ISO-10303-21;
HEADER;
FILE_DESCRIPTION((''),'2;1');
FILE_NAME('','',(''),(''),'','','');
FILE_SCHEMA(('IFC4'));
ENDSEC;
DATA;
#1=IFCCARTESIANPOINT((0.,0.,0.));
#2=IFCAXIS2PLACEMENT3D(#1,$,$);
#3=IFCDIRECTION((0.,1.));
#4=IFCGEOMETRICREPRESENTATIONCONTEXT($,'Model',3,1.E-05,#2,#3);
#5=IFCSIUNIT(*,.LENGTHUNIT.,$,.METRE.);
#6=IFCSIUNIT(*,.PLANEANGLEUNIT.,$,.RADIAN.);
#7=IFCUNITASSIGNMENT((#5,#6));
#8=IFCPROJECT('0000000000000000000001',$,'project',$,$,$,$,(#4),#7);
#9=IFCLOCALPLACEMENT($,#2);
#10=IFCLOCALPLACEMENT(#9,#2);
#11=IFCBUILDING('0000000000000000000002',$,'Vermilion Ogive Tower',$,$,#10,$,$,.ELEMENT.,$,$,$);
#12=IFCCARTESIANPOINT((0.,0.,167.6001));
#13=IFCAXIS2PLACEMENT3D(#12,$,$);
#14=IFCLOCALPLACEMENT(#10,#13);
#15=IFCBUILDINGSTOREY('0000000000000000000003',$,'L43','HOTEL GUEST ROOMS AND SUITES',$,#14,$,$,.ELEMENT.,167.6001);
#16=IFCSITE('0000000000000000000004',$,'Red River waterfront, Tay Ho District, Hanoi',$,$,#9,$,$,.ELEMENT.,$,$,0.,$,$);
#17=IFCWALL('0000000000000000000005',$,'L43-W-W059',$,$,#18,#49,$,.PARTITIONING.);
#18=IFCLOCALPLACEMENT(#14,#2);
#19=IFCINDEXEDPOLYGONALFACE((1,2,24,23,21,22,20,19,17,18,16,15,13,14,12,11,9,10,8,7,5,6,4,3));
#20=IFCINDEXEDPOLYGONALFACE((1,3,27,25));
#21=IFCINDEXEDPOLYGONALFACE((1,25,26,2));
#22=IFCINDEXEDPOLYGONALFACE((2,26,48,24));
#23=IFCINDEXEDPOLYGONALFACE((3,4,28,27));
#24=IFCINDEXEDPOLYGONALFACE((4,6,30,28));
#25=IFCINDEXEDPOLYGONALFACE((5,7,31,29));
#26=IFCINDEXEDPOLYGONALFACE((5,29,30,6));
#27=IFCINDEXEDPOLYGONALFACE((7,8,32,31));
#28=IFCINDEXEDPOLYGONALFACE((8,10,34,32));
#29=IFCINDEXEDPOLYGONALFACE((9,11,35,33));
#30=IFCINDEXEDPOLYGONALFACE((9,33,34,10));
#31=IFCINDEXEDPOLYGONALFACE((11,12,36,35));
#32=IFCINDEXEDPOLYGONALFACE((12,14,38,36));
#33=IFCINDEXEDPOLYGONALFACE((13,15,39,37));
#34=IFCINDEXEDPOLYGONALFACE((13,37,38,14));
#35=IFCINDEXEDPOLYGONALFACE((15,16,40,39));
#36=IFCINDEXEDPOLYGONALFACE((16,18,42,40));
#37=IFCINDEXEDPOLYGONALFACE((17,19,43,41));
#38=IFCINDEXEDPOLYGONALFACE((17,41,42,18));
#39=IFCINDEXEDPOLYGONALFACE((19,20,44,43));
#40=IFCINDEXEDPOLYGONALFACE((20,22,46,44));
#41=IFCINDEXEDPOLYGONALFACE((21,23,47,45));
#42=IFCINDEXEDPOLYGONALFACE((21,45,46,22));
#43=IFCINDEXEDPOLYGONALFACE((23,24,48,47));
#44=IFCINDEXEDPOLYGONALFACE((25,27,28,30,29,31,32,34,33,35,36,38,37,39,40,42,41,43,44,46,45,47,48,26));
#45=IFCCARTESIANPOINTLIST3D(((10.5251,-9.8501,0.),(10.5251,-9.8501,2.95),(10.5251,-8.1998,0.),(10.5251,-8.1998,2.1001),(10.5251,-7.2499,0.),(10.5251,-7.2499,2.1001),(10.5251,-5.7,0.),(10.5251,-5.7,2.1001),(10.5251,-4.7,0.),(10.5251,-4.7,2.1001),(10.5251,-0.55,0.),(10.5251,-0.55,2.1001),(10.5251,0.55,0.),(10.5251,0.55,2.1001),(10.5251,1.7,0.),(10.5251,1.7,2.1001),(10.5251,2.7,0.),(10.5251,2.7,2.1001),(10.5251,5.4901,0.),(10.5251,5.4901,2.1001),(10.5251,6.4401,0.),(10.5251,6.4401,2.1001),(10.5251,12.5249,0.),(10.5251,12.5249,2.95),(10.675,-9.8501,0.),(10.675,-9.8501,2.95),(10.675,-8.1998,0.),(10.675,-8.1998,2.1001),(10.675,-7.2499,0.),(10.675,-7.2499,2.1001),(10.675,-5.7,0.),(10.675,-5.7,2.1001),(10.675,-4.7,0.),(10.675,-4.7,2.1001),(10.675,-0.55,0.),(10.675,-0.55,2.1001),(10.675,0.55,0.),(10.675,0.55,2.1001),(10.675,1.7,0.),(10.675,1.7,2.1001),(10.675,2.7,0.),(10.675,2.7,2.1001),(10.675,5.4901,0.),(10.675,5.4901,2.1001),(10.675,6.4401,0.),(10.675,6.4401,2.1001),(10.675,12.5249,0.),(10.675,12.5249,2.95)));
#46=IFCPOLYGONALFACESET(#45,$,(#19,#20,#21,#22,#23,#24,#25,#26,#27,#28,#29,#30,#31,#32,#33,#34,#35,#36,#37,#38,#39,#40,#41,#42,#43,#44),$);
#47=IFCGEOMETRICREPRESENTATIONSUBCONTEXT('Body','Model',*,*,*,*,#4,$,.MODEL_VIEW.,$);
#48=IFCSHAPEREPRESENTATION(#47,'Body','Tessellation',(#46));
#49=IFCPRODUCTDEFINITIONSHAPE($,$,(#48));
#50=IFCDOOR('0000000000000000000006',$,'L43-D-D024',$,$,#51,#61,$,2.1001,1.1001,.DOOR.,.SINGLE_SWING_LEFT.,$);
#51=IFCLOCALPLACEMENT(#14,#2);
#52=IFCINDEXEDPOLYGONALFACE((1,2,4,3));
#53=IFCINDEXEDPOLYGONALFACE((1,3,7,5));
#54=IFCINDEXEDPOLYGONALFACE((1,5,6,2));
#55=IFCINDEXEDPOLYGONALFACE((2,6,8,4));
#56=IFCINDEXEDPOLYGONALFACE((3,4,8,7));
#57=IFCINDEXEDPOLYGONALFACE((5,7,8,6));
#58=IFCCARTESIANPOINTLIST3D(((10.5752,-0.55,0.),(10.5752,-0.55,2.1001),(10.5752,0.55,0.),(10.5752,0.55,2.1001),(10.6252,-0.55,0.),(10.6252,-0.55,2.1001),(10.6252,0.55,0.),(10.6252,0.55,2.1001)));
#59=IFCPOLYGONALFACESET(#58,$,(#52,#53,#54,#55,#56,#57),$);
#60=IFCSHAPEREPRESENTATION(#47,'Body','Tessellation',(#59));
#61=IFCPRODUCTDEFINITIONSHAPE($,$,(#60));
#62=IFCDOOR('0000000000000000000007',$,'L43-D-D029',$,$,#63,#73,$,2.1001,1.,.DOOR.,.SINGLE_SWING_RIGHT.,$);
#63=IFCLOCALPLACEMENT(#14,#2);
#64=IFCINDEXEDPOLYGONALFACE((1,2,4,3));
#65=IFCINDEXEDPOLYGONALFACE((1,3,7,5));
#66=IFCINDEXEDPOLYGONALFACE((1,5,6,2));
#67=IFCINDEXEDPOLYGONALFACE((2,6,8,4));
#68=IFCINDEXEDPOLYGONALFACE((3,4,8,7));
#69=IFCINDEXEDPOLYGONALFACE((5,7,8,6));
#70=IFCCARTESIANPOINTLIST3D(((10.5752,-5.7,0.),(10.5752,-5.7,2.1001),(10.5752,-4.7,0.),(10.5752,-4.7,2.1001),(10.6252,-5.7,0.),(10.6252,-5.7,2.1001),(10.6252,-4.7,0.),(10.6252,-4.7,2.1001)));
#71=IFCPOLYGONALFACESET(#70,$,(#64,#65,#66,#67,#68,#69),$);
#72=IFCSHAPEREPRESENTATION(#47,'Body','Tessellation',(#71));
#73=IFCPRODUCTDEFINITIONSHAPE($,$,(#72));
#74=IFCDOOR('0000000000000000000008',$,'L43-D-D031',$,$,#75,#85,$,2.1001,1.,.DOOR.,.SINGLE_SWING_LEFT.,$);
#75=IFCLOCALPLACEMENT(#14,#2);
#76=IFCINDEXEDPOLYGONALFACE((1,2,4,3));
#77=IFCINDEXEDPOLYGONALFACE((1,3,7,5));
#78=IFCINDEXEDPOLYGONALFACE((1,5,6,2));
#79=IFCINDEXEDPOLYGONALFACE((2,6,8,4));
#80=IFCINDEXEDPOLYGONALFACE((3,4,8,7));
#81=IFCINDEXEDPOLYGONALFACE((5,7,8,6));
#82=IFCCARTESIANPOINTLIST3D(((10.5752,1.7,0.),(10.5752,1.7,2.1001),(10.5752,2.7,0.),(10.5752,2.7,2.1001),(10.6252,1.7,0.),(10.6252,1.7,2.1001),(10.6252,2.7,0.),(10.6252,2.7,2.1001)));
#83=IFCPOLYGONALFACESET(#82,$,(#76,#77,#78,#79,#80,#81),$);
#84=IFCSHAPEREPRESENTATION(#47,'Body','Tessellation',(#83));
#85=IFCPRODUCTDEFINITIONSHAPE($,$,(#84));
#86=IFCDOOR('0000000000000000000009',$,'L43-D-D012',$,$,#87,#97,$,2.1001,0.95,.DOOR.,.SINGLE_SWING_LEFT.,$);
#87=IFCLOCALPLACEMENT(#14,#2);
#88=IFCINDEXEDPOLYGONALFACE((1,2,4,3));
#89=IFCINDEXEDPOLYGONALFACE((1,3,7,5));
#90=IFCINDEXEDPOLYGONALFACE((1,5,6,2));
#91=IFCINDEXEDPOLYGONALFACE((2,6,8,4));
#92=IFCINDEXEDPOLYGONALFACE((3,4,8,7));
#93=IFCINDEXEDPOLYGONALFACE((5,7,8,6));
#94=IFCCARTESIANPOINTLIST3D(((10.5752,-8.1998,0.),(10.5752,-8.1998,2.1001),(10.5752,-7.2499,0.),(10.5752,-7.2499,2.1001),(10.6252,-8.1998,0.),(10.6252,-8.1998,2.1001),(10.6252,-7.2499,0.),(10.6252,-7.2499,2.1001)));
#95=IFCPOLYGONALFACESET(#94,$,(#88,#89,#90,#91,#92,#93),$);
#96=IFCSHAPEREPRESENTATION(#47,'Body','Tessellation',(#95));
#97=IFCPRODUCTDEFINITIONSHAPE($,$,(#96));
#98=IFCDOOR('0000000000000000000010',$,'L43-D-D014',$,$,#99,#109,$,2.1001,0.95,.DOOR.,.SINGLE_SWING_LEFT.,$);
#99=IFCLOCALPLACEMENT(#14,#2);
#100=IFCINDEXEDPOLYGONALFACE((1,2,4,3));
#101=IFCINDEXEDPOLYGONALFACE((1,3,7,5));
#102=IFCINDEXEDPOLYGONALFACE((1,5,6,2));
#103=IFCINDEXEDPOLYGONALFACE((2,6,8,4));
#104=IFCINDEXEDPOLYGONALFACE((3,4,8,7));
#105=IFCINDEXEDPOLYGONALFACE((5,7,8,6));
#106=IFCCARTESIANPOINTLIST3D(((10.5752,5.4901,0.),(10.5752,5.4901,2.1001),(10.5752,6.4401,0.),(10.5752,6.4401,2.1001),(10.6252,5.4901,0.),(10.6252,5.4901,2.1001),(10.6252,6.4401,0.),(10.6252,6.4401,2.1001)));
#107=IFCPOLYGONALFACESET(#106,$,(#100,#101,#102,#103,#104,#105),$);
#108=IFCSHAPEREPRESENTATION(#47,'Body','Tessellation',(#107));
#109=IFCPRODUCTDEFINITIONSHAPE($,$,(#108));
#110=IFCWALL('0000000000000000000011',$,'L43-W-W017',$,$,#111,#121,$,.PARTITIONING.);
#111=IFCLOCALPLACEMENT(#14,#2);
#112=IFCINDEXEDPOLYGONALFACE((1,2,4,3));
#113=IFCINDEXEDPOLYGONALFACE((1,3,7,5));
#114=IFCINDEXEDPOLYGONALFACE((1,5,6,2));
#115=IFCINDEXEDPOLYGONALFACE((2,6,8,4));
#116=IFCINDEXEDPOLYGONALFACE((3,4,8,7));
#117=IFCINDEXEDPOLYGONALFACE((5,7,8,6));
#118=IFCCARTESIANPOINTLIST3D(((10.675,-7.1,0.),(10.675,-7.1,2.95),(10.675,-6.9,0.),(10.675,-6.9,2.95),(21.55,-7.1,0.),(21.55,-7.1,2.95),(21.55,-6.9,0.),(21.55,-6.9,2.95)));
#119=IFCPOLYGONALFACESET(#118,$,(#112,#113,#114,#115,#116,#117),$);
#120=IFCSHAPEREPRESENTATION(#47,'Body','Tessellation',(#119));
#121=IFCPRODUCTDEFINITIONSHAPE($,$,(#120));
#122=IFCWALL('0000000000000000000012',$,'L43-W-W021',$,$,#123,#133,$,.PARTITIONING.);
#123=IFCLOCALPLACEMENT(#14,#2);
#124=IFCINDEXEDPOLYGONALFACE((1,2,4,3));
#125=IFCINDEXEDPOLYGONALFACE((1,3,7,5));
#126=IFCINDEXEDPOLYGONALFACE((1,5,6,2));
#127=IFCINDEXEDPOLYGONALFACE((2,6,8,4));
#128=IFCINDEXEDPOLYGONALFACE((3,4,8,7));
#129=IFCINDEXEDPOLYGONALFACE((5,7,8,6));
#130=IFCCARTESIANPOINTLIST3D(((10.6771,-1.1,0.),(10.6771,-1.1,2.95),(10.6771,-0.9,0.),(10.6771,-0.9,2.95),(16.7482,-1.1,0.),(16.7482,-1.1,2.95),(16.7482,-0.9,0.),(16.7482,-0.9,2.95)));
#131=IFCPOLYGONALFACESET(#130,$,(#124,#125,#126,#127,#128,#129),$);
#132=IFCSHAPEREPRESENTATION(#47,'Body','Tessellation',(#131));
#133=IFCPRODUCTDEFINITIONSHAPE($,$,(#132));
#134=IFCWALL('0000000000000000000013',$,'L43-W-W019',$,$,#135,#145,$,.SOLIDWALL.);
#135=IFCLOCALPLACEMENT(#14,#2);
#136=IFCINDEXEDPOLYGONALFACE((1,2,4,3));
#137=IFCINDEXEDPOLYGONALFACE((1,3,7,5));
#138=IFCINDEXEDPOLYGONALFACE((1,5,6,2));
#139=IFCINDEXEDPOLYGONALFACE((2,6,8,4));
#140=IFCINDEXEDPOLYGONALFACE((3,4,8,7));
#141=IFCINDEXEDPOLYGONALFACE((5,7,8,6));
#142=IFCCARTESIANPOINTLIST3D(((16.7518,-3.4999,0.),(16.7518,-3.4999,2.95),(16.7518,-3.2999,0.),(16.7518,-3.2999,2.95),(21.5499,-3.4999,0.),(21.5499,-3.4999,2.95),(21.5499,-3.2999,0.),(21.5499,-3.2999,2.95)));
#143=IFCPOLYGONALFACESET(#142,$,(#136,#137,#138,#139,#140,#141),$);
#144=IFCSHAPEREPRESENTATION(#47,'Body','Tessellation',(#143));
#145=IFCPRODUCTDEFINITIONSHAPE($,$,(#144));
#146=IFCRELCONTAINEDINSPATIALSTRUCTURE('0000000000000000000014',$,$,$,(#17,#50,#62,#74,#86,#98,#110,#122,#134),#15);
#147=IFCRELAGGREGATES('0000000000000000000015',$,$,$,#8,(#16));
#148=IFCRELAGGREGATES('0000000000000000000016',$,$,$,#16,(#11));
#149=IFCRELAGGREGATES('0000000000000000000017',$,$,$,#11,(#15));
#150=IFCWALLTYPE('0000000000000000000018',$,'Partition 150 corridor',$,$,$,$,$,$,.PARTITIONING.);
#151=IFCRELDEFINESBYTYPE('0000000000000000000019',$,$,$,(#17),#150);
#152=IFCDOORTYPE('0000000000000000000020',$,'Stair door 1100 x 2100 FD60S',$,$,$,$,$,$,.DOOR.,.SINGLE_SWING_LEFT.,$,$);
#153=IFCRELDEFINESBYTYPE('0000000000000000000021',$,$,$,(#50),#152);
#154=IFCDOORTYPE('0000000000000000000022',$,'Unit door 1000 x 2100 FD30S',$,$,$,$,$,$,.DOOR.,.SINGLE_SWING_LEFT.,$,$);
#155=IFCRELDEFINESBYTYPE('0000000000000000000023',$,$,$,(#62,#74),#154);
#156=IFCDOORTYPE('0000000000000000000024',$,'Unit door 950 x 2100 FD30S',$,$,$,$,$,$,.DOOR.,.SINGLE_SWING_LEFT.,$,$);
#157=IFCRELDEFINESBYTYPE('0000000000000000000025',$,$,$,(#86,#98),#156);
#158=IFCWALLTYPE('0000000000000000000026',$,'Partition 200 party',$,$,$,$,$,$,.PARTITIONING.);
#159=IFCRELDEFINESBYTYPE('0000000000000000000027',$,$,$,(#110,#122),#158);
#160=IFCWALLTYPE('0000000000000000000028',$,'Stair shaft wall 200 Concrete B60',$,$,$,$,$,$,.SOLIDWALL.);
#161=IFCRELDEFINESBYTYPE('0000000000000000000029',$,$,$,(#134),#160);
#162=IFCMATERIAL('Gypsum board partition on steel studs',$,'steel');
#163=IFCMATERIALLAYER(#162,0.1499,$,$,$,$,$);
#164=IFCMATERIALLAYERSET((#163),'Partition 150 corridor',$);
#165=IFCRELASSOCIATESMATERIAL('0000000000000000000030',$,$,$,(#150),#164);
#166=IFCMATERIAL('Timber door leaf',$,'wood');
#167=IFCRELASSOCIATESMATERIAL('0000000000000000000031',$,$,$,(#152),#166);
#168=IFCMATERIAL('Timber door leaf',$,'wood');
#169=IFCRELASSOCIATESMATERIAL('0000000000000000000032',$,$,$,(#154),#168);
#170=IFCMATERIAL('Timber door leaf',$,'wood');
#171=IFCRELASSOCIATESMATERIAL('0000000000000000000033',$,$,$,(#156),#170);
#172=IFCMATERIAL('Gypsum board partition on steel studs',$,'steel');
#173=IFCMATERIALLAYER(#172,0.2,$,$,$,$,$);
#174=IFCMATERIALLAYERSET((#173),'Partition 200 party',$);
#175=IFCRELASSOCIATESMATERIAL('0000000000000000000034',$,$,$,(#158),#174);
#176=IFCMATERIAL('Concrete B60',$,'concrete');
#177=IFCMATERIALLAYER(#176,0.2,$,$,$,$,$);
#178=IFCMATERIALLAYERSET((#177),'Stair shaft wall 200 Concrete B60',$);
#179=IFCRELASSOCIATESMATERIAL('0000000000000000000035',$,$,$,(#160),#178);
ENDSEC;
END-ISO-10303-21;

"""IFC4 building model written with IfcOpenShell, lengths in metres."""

from ifc_helpers import new_model, si_unit, direction, frame, frame_2d, origin, place, context, subcontext, project, spatial, rectangle, extrude, material, layer, layer_set, type_object, element, fill, save


model = new_model("IFC4")

# Units and contexts
model_context = context("Model", 3, precision=1e-05, world=origin(), true_north=direction((0.0, 1.0)))
body_context = subcontext(model_context, "Body", "Model", "MODEL_VIEW")
ifc_project = project(units=[si_unit("LENGTHUNIT", "METRE"), si_unit("PLANEANGLEUNIT", "RADIAN")], contexts=[model_context])

# Site, building, storey
site_placement = place(None, origin())
site = spatial("IfcSite", under=ifc_project, at=site_placement, Name="Red River waterfront, Tay Ho District, Hanoi", CompositionType="ELEMENT", RefElevation=0.0)
building_placement = place(site_placement, origin())
building = spatial("IfcBuilding", under=site, at=building_placement, Name="Vermilion Ogive Tower", CompositionType="ELEMENT")
storey_placement = place(building_placement, frame((0.0, 0.0, 167.6001)))
storey = spatial("IfcBuildingStorey", under=building, at=storey_placement, Name="L43", Description="HOTEL GUEST ROOMS AND SUITES", CompositionType="ELEMENT", Elevation=167.6001)

# Wall, openings, doors
ifc_material_1 = material(Name="Gypsum board partition on steel studs", Category="steel")
ifc_layer_1 = layer(ifc_material_1, 0.1499)
ifc_layer_set_1 = layer_set([ifc_layer_1], Name="Partition 150 corridor")
wall_type_1 = type_object("IfcWallType", Name="Partition 150 corridor", PredefinedType="PARTITIONING", material=ifc_layer_set_1)
wall_1_placement = place(storey_placement, frame((10.6001, -9.8501, 0.0), z_axis=(0.0, 0.0, 1.0), x_axis=(0.0, 1.0, 0.0)))
wall_1 = element("IfcWall", 1, at=wall_1_placement, inside=storey, type_object=wall_type_1, Name="L43-W-W059", PredefinedType="PARTITIONING", context=body_context, shape_type="SweptSolid", body=[
    extrude(rectangle(XDim=22.375, YDim=0.1499, at=frame_2d((11.1875, 0.0))), origin(), (0.0, 0.0, 1.0), 2.95),
])
opening_1_placement = place(wall_1_placement, frame((1.6501, 0.0, 0.0)))
opening_1 = element("IfcOpeningElement", 2, at=opening_1_placement, cuts=wall_1, PredefinedType="OPENING", context=body_context, shape_type="SweptSolid", body=[
    extrude(rectangle(XDim=0.95, YDim=2.1001, at=frame_2d((0.4751, 1.05))), frame((0.0, 0.085, 0.0), z_axis=(0.0, -1.0, 0.0), x_axis=(1.0, 0.0, 0.0)), (0.0, 0.0, 1.0), 0.1699),
])
opening_2_placement = place(wall_1_placement, frame((15.3401, 0.0, 0.0)))
opening_2 = element("IfcOpeningElement", 3, at=opening_2_placement, cuts=wall_1, PredefinedType="OPENING", context=body_context, shape_type="SweptSolid", body=[
    extrude(rectangle(XDim=0.95, YDim=2.1001, at=frame_2d((0.4751, 1.05))), frame((0.0, 0.085, 0.0), z_axis=(0.0, -1.0, 0.0), x_axis=(1.0, 0.0, 0.0)), (0.0, 0.0, 1.0), 0.1699),
])
opening_3_placement = place(wall_1_placement, frame((9.3, 0.0, 0.0)))
opening_3 = element("IfcOpeningElement", 4, at=opening_3_placement, cuts=wall_1, PredefinedType="OPENING", context=body_context, shape_type="SweptSolid", body=[
    extrude(rectangle(XDim=1.1001, YDim=2.1001, at=frame_2d((0.55, 1.05))), frame((0.0, 0.085, 0.0), z_axis=(0.0, -1.0, 0.0), x_axis=(1.0, 0.0, 0.0)), (0.0, 0.0, 1.0), 0.1699),
])
opening_4_placement = place(wall_1_placement, frame((4.1501, 0.0, 0.0)))
opening_4 = element("IfcOpeningElement", 5, at=opening_4_placement, cuts=wall_1, PredefinedType="OPENING", context=body_context, shape_type="SweptSolid", body=[
    extrude(rectangle(XDim=1.0, YDim=2.1001, at=frame_2d((0.5, 1.05))), frame((0.0, 0.085, 0.0), z_axis=(0.0, -1.0, 0.0), x_axis=(1.0, 0.0, 0.0)), (0.0, 0.0, 1.0), 0.1699),
])
opening_5_placement = place(wall_1_placement, frame((11.55, 0.0, 0.0)))
opening_5 = element("IfcOpeningElement", 6, at=opening_5_placement, cuts=wall_1, PredefinedType="OPENING", context=body_context, shape_type="SweptSolid", body=[
    extrude(rectangle(XDim=1.0, YDim=2.1001, at=frame_2d((0.5, 1.05))), frame((0.0, 0.085, 0.0), z_axis=(0.0, -1.0, 0.0), x_axis=(1.0, 0.0, 0.0)), (0.0, 0.0, 1.0), 0.1699),
])
ifc_material_2 = material(Name="Timber door leaf", Category="wood")
door_type_1 = type_object("IfcDoorType", Name="Stair door 1100 x 2100 FD60S", OperationType="SINGLE_SWING_LEFT", PredefinedType="DOOR", material=ifc_material_2)
door_1_placement = place(opening_3_placement, origin())
door_1 = element("IfcDoor", 7, at=door_1_placement, inside=storey, type_object=door_type_1, Name="L43-D-D024", OperationType="SINGLE_SWING_LEFT", OverallHeight=2.1001, OverallWidth=1.1001, PredefinedType="DOOR", context=body_context, shape_type="SweptSolid", body=[
    extrude(rectangle(XDim=1.1001, YDim=2.1001, at=frame_2d((0.55, 1.05))), frame((0.0, 0.0249, 0.0), z_axis=(0.0, -1.0, 0.0), x_axis=(1.0, 0.0, 0.0)), (0.0, 0.0, 1.0), 0.05),
])
fill(opening_3, door_1)
ifc_material_3 = material(Name="Timber door leaf", Category="wood")
door_type_2 = type_object("IfcDoorType", Name="Unit door 1000 x 2100 FD30S", OperationType="SINGLE_SWING_LEFT", PredefinedType="DOOR", material=ifc_material_3)
door_2_placement = place(opening_4_placement, origin())
door_2 = element("IfcDoor", 8, at=door_2_placement, inside=storey, type_object=door_type_2, Name="L43-D-D029", OperationType="SINGLE_SWING_RIGHT", OverallHeight=2.1001, OverallWidth=1.0, PredefinedType="DOOR", context=body_context, shape_type="SweptSolid", body=[
    extrude(rectangle(XDim=1.0, YDim=2.1001, at=frame_2d((0.5, 1.05))), frame((0.0, 0.0249, 0.0), z_axis=(0.0, -1.0, 0.0), x_axis=(1.0, 0.0, 0.0)), (0.0, 0.0, 1.0), 0.05),
])
fill(opening_4, door_2)
door_3_placement = place(opening_5_placement, origin())
door_3 = element("IfcDoor", 9, at=door_3_placement, inside=storey, type_object=door_type_2, Name="L43-D-D031", OperationType="SINGLE_SWING_LEFT", OverallHeight=2.1001, OverallWidth=1.0, PredefinedType="DOOR", context=body_context, shape_type="SweptSolid", body=[
    extrude(rectangle(XDim=1.0, YDim=2.1001, at=frame_2d((0.5, 1.05))), frame((0.0, 0.0249, 0.0), z_axis=(0.0, -1.0, 0.0), x_axis=(1.0, 0.0, 0.0)), (0.0, 0.0, 1.0), 0.05),
])
fill(opening_5, door_3)
ifc_material_4 = material(Name="Timber door leaf", Category="wood")
door_type_3 = type_object("IfcDoorType", Name="Unit door 950 x 2100 FD30S", OperationType="SINGLE_SWING_LEFT", PredefinedType="DOOR", material=ifc_material_4)
door_4_placement = place(opening_1_placement, origin())
door_4 = element("IfcDoor", 10, at=door_4_placement, inside=storey, type_object=door_type_3, Name="L43-D-D012", OperationType="SINGLE_SWING_LEFT", OverallHeight=2.1001, OverallWidth=0.95, PredefinedType="DOOR", context=body_context, shape_type="SweptSolid", body=[
    extrude(rectangle(XDim=0.95, YDim=2.1001, at=frame_2d((0.4751, 1.05))), frame((0.0, 0.0249, 0.0), z_axis=(0.0, -1.0, 0.0), x_axis=(1.0, 0.0, 0.0)), (0.0, 0.0, 1.0), 0.05),
])
fill(opening_1, door_4)
door_5_placement = place(opening_2_placement, origin())
door_5 = element("IfcDoor", 11, at=door_5_placement, inside=storey, type_object=door_type_3, Name="L43-D-D014", OperationType="SINGLE_SWING_LEFT", OverallHeight=2.1001, OverallWidth=0.95, PredefinedType="DOOR", context=body_context, shape_type="SweptSolid", body=[
    extrude(rectangle(XDim=0.95, YDim=2.1001, at=frame_2d((0.4751, 1.05))), frame((0.0, 0.0249, 0.0), z_axis=(0.0, -1.0, 0.0), x_axis=(1.0, 0.0, 0.0)), (0.0, 0.0, 1.0), 0.05),
])
fill(opening_2, door_5)

# Walls
ifc_material_5 = material(Name="Gypsum board partition on steel studs", Category="steel")
ifc_layer_2 = layer(ifc_material_5, 0.2)
ifc_layer_set_2 = layer_set([ifc_layer_2], Name="Partition 200 party")
wall_type_2 = type_object("IfcWallType", Name="Partition 200 party", PredefinedType="PARTITIONING", material=ifc_layer_set_2)
wall_2_placement = place(storey_placement, frame((10.675, -7.0, 0.0), z_axis=(0.0, 0.0, 1.0), x_axis=(1.0, 0.0, 0.0)))
element("IfcWall", 12, at=wall_2_placement, inside=storey, type_object=wall_type_2, Name="L43-W-W017", PredefinedType="PARTITIONING", context=body_context, shape_type="SweptSolid", body=[
    extrude(rectangle(XDim=10.875, YDim=0.2, at=frame_2d((5.4375, 0.0))), origin(), (0.0, 0.0, 1.0), 2.95),
])
wall_3_placement = place(storey_placement, frame((10.677, -1.0, 0.0), z_axis=(0.0, 0.0, 1.0), x_axis=(1.0, 0.0, 0.0)))
element("IfcWall", 13, at=wall_3_placement, inside=storey, type_object=wall_type_2, Name="L43-W-W021", PredefinedType="PARTITIONING", context=body_context, shape_type="SweptSolid", body=[
    extrude(rectangle(XDim=6.071, YDim=0.2, at=frame_2d((3.0356, 0.0))), origin(), (0.0, 0.0, 1.0), 2.95),
])
ifc_material_6 = material(Name="Concrete B60", Category="concrete")
ifc_layer_3 = layer(ifc_material_6, 0.2)
ifc_layer_set_3 = layer_set([ifc_layer_3], Name="Stair shaft wall 200 Concrete B60")
wall_type_3 = type_object("IfcWallType", Name="Stair shaft wall 200 Concrete B60", PredefinedType="SOLIDWALL", material=ifc_layer_set_3)
wall_4_placement = place(storey_placement, frame((16.752, -3.3999, 0.0), z_axis=(0.0, 0.0, 1.0), x_axis=(1.0, 0.0, 0.0)))
element("IfcWall", 14, at=wall_4_placement, inside=storey, type_object=wall_type_3, Name="L43-W-W019", PredefinedType="SOLIDWALL", context=body_context, shape_type="SweptSolid", body=[
    extrude(rectangle(XDim=4.7981, YDim=0.2, at=frame_2d((2.3989, 0.0))), origin(), (0.0, 0.0, 1.0), 2.95),
])

save(model, "model.ifc")
